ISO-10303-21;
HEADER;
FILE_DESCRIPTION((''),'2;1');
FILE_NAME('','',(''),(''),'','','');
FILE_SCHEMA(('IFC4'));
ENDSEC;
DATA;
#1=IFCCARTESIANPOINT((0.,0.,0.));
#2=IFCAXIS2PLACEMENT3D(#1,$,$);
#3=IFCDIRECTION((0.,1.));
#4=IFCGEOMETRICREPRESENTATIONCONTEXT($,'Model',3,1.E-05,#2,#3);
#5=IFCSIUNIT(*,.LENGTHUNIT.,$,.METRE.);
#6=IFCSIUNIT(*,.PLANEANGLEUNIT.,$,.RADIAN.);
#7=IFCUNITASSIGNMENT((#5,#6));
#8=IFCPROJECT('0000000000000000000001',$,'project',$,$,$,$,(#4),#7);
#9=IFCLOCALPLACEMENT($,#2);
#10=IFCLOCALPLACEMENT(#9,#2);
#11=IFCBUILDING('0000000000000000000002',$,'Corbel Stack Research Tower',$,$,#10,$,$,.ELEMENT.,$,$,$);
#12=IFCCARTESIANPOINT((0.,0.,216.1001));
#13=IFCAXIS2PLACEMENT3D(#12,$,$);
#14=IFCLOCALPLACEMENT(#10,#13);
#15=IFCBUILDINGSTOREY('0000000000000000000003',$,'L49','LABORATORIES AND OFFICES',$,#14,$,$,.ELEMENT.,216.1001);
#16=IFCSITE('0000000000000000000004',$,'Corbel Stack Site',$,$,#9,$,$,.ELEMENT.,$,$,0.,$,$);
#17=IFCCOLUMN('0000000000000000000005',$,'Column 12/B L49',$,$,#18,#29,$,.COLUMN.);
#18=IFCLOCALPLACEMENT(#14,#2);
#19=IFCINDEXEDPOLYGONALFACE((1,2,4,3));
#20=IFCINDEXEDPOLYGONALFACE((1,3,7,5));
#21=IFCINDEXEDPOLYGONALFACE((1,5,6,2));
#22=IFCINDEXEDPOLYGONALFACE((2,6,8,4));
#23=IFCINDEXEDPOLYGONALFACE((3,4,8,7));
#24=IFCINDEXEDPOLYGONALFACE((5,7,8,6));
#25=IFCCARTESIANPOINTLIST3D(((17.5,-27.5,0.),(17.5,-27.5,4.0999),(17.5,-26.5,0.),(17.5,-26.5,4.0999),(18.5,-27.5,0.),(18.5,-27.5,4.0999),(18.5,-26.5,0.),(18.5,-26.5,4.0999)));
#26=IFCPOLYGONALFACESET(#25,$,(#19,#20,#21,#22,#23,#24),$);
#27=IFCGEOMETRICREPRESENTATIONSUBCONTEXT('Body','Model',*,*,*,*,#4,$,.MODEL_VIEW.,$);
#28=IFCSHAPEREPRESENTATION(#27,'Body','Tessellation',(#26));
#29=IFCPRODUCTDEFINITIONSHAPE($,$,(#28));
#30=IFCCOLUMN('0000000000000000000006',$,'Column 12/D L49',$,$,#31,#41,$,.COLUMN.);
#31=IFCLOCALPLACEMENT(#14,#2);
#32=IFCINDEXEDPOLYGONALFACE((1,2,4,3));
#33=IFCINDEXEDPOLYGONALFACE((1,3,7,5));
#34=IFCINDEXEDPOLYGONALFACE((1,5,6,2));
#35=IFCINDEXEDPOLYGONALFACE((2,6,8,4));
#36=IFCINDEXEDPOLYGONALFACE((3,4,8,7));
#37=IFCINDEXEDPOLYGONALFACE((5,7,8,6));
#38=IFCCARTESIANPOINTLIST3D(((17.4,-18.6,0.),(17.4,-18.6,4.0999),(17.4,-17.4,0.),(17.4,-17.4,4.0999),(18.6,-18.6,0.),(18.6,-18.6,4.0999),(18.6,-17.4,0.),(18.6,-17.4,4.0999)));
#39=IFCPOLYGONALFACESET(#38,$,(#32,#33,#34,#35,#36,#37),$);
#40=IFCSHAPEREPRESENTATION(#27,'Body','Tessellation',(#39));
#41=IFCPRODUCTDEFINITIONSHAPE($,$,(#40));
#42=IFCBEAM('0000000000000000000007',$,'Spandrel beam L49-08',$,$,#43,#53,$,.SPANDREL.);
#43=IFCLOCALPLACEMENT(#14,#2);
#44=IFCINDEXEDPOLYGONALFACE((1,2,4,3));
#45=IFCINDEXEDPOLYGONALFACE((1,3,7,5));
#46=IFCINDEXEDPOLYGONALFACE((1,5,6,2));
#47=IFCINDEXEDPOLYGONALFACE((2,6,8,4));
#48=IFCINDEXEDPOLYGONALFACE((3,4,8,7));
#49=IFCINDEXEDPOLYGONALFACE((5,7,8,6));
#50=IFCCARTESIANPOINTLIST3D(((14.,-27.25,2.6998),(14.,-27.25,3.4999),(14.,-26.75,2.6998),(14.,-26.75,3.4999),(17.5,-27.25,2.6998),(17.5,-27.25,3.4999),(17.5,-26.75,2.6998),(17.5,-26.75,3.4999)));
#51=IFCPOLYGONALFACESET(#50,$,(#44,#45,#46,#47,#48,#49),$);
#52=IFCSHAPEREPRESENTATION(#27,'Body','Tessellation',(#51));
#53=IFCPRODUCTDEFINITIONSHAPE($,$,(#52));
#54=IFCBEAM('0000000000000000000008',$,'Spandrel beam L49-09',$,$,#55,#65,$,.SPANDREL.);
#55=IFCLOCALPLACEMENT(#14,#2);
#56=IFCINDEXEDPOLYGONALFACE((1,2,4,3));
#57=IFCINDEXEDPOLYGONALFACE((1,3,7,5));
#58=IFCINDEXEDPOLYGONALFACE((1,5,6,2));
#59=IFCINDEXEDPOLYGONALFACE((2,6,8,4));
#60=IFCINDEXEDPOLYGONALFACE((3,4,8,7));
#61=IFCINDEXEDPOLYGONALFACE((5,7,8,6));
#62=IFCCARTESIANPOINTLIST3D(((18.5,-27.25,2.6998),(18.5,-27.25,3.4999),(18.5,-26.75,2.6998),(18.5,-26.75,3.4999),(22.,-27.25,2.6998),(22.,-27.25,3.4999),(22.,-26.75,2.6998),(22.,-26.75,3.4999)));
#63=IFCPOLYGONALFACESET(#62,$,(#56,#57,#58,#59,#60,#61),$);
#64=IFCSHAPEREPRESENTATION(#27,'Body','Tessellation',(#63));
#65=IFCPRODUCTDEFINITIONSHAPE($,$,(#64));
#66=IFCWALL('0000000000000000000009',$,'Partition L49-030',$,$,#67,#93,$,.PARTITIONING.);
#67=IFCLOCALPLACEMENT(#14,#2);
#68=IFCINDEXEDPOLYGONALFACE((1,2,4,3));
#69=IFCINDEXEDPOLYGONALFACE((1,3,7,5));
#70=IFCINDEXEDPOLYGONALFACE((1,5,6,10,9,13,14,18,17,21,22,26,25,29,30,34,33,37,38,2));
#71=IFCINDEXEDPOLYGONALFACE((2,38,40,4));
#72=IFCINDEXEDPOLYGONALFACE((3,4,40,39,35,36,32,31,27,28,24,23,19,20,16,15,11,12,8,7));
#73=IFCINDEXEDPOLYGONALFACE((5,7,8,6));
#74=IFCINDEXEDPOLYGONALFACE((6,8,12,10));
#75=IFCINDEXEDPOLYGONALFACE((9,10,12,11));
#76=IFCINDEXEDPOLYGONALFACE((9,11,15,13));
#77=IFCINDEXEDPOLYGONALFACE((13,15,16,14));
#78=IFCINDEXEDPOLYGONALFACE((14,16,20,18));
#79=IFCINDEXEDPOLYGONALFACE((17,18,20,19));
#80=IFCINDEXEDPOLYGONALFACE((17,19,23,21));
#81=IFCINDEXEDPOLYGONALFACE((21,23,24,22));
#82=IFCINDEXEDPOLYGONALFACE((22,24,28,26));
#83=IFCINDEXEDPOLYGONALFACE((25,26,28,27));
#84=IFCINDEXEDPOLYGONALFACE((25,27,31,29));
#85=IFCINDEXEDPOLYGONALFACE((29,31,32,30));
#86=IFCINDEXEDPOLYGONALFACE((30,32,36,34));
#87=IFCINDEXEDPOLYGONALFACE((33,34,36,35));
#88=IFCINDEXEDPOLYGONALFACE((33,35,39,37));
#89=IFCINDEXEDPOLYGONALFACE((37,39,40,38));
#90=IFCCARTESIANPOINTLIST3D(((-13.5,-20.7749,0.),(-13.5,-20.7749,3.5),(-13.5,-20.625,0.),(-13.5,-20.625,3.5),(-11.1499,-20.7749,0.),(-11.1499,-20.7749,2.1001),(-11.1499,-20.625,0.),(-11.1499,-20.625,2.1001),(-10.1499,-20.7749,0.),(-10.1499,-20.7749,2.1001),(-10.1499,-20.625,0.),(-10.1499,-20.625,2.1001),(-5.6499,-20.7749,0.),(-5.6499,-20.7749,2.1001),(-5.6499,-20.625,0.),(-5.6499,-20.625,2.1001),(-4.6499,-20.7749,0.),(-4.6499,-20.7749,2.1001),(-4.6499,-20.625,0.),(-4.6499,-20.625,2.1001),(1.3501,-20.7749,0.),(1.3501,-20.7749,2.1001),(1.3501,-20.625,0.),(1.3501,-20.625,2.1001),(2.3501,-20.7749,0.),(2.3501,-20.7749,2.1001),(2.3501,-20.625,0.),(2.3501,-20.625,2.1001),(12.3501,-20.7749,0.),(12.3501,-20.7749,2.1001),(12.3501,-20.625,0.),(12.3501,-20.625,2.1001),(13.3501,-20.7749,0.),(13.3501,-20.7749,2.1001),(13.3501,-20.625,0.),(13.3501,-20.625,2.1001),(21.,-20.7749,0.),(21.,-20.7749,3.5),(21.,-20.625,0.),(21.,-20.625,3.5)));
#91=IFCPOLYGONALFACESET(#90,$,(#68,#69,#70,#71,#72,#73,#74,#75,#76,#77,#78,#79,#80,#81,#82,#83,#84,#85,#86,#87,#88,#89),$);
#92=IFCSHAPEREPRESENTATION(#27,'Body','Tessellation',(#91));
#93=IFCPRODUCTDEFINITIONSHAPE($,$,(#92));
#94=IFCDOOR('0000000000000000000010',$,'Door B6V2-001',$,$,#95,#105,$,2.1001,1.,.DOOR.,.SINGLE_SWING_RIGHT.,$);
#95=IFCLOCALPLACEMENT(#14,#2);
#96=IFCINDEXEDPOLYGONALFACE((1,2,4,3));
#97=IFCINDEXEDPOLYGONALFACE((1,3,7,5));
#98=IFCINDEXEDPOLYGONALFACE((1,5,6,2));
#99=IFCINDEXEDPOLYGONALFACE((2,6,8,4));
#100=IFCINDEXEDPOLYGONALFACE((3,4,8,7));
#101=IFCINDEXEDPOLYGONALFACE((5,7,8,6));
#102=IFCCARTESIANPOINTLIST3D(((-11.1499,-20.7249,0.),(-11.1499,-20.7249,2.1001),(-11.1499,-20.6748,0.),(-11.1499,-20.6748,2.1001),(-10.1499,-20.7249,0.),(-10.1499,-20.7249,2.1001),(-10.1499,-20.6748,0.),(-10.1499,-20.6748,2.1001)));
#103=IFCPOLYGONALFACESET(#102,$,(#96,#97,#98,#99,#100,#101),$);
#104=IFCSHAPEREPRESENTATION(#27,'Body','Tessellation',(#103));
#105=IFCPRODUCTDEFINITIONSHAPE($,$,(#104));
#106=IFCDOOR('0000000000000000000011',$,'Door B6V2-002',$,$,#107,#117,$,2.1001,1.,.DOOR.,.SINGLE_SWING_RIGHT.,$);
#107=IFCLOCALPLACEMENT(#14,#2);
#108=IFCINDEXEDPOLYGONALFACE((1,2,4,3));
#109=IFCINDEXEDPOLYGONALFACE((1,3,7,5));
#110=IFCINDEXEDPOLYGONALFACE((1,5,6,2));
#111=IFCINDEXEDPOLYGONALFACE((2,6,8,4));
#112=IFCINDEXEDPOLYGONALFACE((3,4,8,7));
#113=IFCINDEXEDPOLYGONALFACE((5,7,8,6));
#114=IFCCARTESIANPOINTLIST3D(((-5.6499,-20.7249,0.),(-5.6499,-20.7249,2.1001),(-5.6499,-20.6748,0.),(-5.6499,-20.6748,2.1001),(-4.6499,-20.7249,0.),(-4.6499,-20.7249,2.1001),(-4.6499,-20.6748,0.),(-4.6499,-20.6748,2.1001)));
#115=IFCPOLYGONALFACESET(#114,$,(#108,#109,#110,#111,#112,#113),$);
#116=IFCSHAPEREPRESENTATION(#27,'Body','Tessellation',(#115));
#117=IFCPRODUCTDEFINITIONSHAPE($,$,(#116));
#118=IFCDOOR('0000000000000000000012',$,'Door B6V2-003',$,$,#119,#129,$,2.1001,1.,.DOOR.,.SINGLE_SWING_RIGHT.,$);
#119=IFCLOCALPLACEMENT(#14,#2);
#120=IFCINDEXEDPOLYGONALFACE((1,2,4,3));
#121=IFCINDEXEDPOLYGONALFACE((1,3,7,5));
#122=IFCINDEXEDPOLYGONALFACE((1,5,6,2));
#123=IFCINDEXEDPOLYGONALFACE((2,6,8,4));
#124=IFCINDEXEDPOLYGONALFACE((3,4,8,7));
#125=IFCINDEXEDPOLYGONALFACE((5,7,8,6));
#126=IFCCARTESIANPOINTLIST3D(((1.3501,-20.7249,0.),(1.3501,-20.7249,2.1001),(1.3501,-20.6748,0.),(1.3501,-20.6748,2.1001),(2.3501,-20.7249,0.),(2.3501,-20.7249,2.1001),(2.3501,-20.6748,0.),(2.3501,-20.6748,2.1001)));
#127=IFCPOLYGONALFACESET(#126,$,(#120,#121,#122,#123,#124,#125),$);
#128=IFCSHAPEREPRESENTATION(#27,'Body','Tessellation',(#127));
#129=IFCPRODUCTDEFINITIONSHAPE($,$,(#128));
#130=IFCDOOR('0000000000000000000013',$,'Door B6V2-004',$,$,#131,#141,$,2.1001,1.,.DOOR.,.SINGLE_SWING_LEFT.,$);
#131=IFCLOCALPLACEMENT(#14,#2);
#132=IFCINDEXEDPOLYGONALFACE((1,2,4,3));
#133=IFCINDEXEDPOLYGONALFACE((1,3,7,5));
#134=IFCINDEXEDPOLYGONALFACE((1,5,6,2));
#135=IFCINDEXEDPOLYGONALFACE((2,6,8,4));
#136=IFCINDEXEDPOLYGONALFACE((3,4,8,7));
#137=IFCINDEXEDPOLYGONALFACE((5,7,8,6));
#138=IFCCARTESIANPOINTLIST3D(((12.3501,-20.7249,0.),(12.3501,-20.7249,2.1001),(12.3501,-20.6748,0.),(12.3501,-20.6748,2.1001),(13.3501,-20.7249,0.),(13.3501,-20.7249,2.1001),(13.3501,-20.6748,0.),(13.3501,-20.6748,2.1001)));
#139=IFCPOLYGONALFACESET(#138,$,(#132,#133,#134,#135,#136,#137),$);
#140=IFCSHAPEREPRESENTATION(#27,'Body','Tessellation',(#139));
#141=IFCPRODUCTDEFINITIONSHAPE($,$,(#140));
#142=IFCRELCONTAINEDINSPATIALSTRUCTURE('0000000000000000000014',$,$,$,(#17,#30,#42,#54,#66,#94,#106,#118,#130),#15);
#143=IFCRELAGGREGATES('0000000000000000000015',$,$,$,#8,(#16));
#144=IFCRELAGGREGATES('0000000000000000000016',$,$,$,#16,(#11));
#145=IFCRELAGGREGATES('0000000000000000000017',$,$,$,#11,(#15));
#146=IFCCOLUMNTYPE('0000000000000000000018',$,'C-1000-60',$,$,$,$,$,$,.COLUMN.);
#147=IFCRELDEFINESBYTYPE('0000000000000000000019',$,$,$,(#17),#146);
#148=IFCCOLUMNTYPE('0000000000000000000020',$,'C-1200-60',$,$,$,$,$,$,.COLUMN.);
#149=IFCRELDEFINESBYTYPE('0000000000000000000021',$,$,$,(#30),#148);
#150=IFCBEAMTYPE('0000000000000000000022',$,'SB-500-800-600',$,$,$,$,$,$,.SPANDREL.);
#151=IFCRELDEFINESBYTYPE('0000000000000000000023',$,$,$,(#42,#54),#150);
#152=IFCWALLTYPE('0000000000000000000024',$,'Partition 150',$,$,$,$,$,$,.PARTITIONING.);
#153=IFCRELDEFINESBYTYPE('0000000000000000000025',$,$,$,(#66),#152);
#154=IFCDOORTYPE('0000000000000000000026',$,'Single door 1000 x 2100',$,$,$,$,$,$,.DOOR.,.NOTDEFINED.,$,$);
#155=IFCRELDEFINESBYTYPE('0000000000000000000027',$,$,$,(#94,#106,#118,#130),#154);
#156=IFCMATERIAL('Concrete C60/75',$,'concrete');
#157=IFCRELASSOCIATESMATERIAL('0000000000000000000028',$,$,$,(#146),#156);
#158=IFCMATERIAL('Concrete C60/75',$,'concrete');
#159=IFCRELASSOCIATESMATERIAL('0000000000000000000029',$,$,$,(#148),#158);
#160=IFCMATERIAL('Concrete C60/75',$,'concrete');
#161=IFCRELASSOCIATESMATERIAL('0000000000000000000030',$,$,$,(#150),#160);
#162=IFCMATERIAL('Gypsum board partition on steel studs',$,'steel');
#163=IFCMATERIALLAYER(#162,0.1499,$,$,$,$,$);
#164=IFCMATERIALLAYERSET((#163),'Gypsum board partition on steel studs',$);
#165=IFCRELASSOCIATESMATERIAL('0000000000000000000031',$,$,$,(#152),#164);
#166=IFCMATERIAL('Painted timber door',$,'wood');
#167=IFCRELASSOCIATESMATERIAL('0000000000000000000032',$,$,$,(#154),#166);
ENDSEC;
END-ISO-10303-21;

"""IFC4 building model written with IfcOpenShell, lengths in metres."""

from ifc_helpers import new_model, si_unit, direction, frame, frame_2d, origin, origin_2d, place, context, subcontext, project, spatial, rectangle, extrude, material, layer, layer_set, material_profile, profile_set, type_object, element, fill, save


model = new_model("IFC4")

# Units and contexts
model_context = context("Model", 3, precision=1e-05, world=origin(), true_north=direction((0.0, 1.0)))
body_context = subcontext(model_context, "Body", "Model", "MODEL_VIEW")
ifc_project = project(units=[si_unit("LENGTHUNIT", "METRE"), si_unit("PLANEANGLEUNIT", "RADIAN")], contexts=[model_context])

# Site, building, storey
site_placement = place(None, origin())
site = spatial("IfcSite", under=ifc_project, at=site_placement, Name="Corbel Stack Site", CompositionType="ELEMENT", RefElevation=0.0)
building_placement = place(site_placement, origin())
building = spatial("IfcBuilding", under=site, at=building_placement, Name="Corbel Stack Research Tower", CompositionType="ELEMENT")
storey_placement = place(building_placement, frame((0.0, 0.0, 216.1001)))
storey = spatial("IfcBuildingStorey", under=building, at=storey_placement, Name="L49", Description="LABORATORIES AND OFFICES", CompositionType="ELEMENT", Elevation=216.1001)

# Columns
ifc_material_1 = material(Name="Concrete C60/75", Category="concrete")
ifc_material_profile_1 = material_profile(ifc_material_1, rectangle(XDim=1.0, YDim=1.0, at=origin_2d()), Name="RC 1000 x 1000")
ifc_profile_set_1 = profile_set([ifc_material_profile_1], Name="Concrete C60/75")
column_type_1 = type_object("IfcColumnType", Name="C-1000-60", PredefinedType="COLUMN", material=ifc_profile_set_1)
column_1_placement = place(storey_placement, frame((18.0, -27.0, 0.0), z_axis=(0.0, 0.0, 1.0), x_axis=(1.0, 0.0, 0.0)))
element("IfcColumn", 1, at=column_1_placement, inside=storey, type_object=column_type_1, Name="Column 12/B L49", PredefinedType="COLUMN", context=body_context, shape_type="SweptSolid", body=[
    extrude(rectangle(XDim=1.0, YDim=1.0, at=origin_2d()), origin(), (0.0, 0.0, 1.0), 4.0999),
])
ifc_material_2 = material(Name="Concrete C60/75", Category="concrete")
ifc_material_profile_2 = material_profile(ifc_material_2, rectangle(XDim=1.2, YDim=1.2, at=origin_2d()), Name="RC 1200 x 1200")
ifc_profile_set_2 = profile_set([ifc_material_profile_2], Name="Concrete C60/75")
column_type_2 = type_object("IfcColumnType", Name="C-1200-60", PredefinedType="COLUMN", material=ifc_profile_set_2)
column_2_placement = place(storey_placement, frame((18.0, -18.0, 0.0), z_axis=(0.0, 0.0, 1.0), x_axis=(1.0, 0.0, 0.0)))
element("IfcColumn", 2, at=column_2_placement, inside=storey, type_object=column_type_2, Name="Column 12/D L49", PredefinedType="COLUMN", context=body_context, shape_type="SweptSolid", body=[
    extrude(rectangle(XDim=1.2, YDim=1.2, at=origin_2d()), origin(), (0.0, 0.0, 1.0), 4.0999),
])

# Beams
ifc_material_3 = material(Name="Concrete C60/75", Category="concrete")
ifc_material_profile_3 = material_profile(ifc_material_3, rectangle(XDim=0.5, YDim=0.8, at=origin_2d()), Name="RC 500 x 800")
ifc_profile_set_3 = profile_set([ifc_material_profile_3], Name="Concrete C60/75")
beam_type = type_object("IfcBeamType", Name="SB-500-800-600", PredefinedType="SPANDREL", material=ifc_profile_set_3)
for number, where, z_axis, x_axis, name in (
    (3, (14.0, -27.0, 3.0999), (1.0, 0.0, 0.0), (0.0, 1.0, 0.0), "Spandrel beam L49-08"),
    (4, (18.5, -27.0, 3.0999), (1.0, 0.0, 0.0), (0.0, 1.0, 0.0), "Spandrel beam L49-09"),
):
    element("IfcBeam", number, at=place(storey_placement, frame(where, z_axis=z_axis, x_axis=x_axis)), inside=storey, type_object=beam_type, Name=name, PredefinedType="SPANDREL", context=body_context, shape_type="SweptSolid", body=[
        extrude(rectangle(XDim=0.5, YDim=0.8, at=origin_2d()), origin(), (0.0, 0.0, 1.0), 3.5),
    ])

# Wall, openings, doors
ifc_material_4 = material(Name="Gypsum board partition on steel studs", Category="steel")
ifc_layer_1 = layer(ifc_material_4, 0.1499)
ifc_layer_set_1 = layer_set([ifc_layer_1], Name="Gypsum board partition on steel studs")
wall_type_1 = type_object("IfcWallType", Name="Partition 150", PredefinedType="PARTITIONING", material=ifc_layer_set_1)
wall_1_placement = place(storey_placement, frame((21.0, -20.7, 0.0), z_axis=(0.0, 0.0, 1.0), x_axis=(-1.0, 0.0, 0.0)))
wall_1 = element("IfcWall", 5, at=wall_1_placement, inside=storey, type_object=wall_type_1, Name="Partition L49-030", PredefinedType="PARTITIONING", context=body_context, shape_type="SweptSolid", body=[
    extrude(rectangle(XDim=34.5, YDim=0.1499, at=frame_2d((17.25, 0.0))), origin(), (0.0, 0.0, 1.0), 3.5),
])
opening_1_placement = place(wall_1_placement, frame((31.1499, 0.0, 0.0)))
opening_1 = element("IfcOpeningElement", 6, at=opening_1_placement, cuts=wall_1, PredefinedType="OPENING", context=body_context, shape_type="SweptSolid", body=[
    extrude(rectangle(XDim=1.0, YDim=2.1001, at=frame_2d((0.5, 1.05))), frame((0.0, 0.085, 0.0), z_axis=(0.0, -1.0, 0.0), x_axis=(1.0, 0.0, 0.0)), (0.0, 0.0, 1.0), 0.1699),
])
opening_2_placement = place(wall_1_placement, frame((25.6499, 0.0, 0.0)))
opening_2 = element("IfcOpeningElement", 7, at=opening_2_placement, cuts=wall_1, PredefinedType="OPENING", context=body_context, shape_type="SweptSolid", body=[
    extrude(rectangle(XDim=1.0, YDim=2.1001, at=frame_2d((0.5, 1.05))), frame((0.0, 0.085, 0.0), z_axis=(0.0, -1.0, 0.0), x_axis=(1.0, 0.0, 0.0)), (0.0, 0.0, 1.0), 0.1699),
])
opening_3_placement = place(wall_1_placement, frame((18.6499, 0.0, 0.0)))
opening_3 = element("IfcOpeningElement", 8, at=opening_3_placement, cuts=wall_1, PredefinedType="OPENING", context=body_context, shape_type="SweptSolid", body=[
    extrude(rectangle(XDim=1.0, YDim=2.1001, at=frame_2d((0.5, 1.05))), frame((0.0, 0.085, 0.0), z_axis=(0.0, -1.0, 0.0), x_axis=(1.0, 0.0, 0.0)), (0.0, 0.0, 1.0), 0.1699),
])
opening_4_placement = place(wall_1_placement, frame((7.6499, 0.0, 0.0)))
opening_4 = element("IfcOpeningElement", 9, at=opening_4_placement, cuts=wall_1, PredefinedType="OPENING", context=body_context, shape_type="SweptSolid", body=[
    extrude(rectangle(XDim=1.0, YDim=2.1001, at=frame_2d((0.5, 1.05))), frame((0.0, 0.085, 0.0), z_axis=(0.0, -1.0, 0.0), x_axis=(1.0, 0.0, 0.0)), (0.0, 0.0, 1.0), 0.1699),
])
ifc_material_5 = material(Name="Painted timber door", Category="wood")
door_type = type_object("IfcDoorType", Name="Single door 1000 x 2100", OperationType="NOTDEFINED", PredefinedType="DOOR", material=ifc_material_5)
door_1_placement = place(opening_1_placement, origin())
door_1 = element("IfcDoor", 10, at=door_1_placement, inside=storey, type_object=door_type, Name="Door B6V2-001", OperationType="SINGLE_SWING_RIGHT", OverallHeight=2.1001, OverallWidth=1.0, PredefinedType="DOOR", context=body_context, shape_type="SweptSolid", body=[
    extrude(rectangle(XDim=1.0, YDim=2.1001, at=frame_2d((0.5, 1.05))), frame((0.0, 0.0249, 0.0), z_axis=(0.0, -1.0, 0.0), x_axis=(1.0, 0.0, 0.0)), (0.0, 0.0, 1.0), 0.05),
])
fill(opening_1, door_1)
door_2_placement = place(opening_2_placement, origin())
door_2 = element("IfcDoor", 11, at=door_2_placement, inside=storey, type_object=door_type, Name="Door B6V2-002", OperationType="SINGLE_SWING_RIGHT", OverallHeight=2.1001, OverallWidth=1.0, PredefinedType="DOOR", context=body_context, shape_type="SweptSolid", body=[
    extrude(rectangle(XDim=1.0, YDim=2.1001, at=frame_2d((0.5, 1.05))), frame((0.0, 0.0249, 0.0), z_axis=(0.0, -1.0, 0.0), x_axis=(1.0, 0.0, 0.0)), (0.0, 0.0, 1.0), 0.05),
])
fill(opening_2, door_2)
door_3_placement = place(opening_3_placement, origin())
door_3 = element("IfcDoor", 12, at=door_3_placement, inside=storey, type_object=door_type, Name="Door B6V2-003", OperationType="SINGLE_SWING_RIGHT", OverallHeight=2.1001, OverallWidth=1.0, PredefinedType="DOOR", context=body_context, shape_type="SweptSolid", body=[
    extrude(rectangle(XDim=1.0, YDim=2.1001, at=frame_2d((0.5, 1.05))), frame((0.0, 0.0249, 0.0), z_axis=(0.0, -1.0, 0.0), x_axis=(1.0, 0.0, 0.0)), (0.0, 0.0, 1.0), 0.05),
])
fill(opening_3, door_3)
door_4_placement = place(opening_4_placement, origin())
door_4 = element("IfcDoor", 13, at=door_4_placement, inside=storey, type_object=door_type, Name="Door B6V2-004", OperationType="SINGLE_SWING_LEFT", OverallHeight=2.1001, OverallWidth=1.0, PredefinedType="DOOR", context=body_context, shape_type="SweptSolid", body=[
    extrude(rectangle(XDim=1.0, YDim=2.1001, at=frame_2d((0.5, 1.05))), frame((0.0, 0.0249, 0.0), z_axis=(0.0, -1.0, 0.0), x_axis=(1.0, 0.0, 0.0)), (0.0, 0.0, 1.0), 0.05),
])
fill(opening_4, door_4)

save(model, "model.ifc")
